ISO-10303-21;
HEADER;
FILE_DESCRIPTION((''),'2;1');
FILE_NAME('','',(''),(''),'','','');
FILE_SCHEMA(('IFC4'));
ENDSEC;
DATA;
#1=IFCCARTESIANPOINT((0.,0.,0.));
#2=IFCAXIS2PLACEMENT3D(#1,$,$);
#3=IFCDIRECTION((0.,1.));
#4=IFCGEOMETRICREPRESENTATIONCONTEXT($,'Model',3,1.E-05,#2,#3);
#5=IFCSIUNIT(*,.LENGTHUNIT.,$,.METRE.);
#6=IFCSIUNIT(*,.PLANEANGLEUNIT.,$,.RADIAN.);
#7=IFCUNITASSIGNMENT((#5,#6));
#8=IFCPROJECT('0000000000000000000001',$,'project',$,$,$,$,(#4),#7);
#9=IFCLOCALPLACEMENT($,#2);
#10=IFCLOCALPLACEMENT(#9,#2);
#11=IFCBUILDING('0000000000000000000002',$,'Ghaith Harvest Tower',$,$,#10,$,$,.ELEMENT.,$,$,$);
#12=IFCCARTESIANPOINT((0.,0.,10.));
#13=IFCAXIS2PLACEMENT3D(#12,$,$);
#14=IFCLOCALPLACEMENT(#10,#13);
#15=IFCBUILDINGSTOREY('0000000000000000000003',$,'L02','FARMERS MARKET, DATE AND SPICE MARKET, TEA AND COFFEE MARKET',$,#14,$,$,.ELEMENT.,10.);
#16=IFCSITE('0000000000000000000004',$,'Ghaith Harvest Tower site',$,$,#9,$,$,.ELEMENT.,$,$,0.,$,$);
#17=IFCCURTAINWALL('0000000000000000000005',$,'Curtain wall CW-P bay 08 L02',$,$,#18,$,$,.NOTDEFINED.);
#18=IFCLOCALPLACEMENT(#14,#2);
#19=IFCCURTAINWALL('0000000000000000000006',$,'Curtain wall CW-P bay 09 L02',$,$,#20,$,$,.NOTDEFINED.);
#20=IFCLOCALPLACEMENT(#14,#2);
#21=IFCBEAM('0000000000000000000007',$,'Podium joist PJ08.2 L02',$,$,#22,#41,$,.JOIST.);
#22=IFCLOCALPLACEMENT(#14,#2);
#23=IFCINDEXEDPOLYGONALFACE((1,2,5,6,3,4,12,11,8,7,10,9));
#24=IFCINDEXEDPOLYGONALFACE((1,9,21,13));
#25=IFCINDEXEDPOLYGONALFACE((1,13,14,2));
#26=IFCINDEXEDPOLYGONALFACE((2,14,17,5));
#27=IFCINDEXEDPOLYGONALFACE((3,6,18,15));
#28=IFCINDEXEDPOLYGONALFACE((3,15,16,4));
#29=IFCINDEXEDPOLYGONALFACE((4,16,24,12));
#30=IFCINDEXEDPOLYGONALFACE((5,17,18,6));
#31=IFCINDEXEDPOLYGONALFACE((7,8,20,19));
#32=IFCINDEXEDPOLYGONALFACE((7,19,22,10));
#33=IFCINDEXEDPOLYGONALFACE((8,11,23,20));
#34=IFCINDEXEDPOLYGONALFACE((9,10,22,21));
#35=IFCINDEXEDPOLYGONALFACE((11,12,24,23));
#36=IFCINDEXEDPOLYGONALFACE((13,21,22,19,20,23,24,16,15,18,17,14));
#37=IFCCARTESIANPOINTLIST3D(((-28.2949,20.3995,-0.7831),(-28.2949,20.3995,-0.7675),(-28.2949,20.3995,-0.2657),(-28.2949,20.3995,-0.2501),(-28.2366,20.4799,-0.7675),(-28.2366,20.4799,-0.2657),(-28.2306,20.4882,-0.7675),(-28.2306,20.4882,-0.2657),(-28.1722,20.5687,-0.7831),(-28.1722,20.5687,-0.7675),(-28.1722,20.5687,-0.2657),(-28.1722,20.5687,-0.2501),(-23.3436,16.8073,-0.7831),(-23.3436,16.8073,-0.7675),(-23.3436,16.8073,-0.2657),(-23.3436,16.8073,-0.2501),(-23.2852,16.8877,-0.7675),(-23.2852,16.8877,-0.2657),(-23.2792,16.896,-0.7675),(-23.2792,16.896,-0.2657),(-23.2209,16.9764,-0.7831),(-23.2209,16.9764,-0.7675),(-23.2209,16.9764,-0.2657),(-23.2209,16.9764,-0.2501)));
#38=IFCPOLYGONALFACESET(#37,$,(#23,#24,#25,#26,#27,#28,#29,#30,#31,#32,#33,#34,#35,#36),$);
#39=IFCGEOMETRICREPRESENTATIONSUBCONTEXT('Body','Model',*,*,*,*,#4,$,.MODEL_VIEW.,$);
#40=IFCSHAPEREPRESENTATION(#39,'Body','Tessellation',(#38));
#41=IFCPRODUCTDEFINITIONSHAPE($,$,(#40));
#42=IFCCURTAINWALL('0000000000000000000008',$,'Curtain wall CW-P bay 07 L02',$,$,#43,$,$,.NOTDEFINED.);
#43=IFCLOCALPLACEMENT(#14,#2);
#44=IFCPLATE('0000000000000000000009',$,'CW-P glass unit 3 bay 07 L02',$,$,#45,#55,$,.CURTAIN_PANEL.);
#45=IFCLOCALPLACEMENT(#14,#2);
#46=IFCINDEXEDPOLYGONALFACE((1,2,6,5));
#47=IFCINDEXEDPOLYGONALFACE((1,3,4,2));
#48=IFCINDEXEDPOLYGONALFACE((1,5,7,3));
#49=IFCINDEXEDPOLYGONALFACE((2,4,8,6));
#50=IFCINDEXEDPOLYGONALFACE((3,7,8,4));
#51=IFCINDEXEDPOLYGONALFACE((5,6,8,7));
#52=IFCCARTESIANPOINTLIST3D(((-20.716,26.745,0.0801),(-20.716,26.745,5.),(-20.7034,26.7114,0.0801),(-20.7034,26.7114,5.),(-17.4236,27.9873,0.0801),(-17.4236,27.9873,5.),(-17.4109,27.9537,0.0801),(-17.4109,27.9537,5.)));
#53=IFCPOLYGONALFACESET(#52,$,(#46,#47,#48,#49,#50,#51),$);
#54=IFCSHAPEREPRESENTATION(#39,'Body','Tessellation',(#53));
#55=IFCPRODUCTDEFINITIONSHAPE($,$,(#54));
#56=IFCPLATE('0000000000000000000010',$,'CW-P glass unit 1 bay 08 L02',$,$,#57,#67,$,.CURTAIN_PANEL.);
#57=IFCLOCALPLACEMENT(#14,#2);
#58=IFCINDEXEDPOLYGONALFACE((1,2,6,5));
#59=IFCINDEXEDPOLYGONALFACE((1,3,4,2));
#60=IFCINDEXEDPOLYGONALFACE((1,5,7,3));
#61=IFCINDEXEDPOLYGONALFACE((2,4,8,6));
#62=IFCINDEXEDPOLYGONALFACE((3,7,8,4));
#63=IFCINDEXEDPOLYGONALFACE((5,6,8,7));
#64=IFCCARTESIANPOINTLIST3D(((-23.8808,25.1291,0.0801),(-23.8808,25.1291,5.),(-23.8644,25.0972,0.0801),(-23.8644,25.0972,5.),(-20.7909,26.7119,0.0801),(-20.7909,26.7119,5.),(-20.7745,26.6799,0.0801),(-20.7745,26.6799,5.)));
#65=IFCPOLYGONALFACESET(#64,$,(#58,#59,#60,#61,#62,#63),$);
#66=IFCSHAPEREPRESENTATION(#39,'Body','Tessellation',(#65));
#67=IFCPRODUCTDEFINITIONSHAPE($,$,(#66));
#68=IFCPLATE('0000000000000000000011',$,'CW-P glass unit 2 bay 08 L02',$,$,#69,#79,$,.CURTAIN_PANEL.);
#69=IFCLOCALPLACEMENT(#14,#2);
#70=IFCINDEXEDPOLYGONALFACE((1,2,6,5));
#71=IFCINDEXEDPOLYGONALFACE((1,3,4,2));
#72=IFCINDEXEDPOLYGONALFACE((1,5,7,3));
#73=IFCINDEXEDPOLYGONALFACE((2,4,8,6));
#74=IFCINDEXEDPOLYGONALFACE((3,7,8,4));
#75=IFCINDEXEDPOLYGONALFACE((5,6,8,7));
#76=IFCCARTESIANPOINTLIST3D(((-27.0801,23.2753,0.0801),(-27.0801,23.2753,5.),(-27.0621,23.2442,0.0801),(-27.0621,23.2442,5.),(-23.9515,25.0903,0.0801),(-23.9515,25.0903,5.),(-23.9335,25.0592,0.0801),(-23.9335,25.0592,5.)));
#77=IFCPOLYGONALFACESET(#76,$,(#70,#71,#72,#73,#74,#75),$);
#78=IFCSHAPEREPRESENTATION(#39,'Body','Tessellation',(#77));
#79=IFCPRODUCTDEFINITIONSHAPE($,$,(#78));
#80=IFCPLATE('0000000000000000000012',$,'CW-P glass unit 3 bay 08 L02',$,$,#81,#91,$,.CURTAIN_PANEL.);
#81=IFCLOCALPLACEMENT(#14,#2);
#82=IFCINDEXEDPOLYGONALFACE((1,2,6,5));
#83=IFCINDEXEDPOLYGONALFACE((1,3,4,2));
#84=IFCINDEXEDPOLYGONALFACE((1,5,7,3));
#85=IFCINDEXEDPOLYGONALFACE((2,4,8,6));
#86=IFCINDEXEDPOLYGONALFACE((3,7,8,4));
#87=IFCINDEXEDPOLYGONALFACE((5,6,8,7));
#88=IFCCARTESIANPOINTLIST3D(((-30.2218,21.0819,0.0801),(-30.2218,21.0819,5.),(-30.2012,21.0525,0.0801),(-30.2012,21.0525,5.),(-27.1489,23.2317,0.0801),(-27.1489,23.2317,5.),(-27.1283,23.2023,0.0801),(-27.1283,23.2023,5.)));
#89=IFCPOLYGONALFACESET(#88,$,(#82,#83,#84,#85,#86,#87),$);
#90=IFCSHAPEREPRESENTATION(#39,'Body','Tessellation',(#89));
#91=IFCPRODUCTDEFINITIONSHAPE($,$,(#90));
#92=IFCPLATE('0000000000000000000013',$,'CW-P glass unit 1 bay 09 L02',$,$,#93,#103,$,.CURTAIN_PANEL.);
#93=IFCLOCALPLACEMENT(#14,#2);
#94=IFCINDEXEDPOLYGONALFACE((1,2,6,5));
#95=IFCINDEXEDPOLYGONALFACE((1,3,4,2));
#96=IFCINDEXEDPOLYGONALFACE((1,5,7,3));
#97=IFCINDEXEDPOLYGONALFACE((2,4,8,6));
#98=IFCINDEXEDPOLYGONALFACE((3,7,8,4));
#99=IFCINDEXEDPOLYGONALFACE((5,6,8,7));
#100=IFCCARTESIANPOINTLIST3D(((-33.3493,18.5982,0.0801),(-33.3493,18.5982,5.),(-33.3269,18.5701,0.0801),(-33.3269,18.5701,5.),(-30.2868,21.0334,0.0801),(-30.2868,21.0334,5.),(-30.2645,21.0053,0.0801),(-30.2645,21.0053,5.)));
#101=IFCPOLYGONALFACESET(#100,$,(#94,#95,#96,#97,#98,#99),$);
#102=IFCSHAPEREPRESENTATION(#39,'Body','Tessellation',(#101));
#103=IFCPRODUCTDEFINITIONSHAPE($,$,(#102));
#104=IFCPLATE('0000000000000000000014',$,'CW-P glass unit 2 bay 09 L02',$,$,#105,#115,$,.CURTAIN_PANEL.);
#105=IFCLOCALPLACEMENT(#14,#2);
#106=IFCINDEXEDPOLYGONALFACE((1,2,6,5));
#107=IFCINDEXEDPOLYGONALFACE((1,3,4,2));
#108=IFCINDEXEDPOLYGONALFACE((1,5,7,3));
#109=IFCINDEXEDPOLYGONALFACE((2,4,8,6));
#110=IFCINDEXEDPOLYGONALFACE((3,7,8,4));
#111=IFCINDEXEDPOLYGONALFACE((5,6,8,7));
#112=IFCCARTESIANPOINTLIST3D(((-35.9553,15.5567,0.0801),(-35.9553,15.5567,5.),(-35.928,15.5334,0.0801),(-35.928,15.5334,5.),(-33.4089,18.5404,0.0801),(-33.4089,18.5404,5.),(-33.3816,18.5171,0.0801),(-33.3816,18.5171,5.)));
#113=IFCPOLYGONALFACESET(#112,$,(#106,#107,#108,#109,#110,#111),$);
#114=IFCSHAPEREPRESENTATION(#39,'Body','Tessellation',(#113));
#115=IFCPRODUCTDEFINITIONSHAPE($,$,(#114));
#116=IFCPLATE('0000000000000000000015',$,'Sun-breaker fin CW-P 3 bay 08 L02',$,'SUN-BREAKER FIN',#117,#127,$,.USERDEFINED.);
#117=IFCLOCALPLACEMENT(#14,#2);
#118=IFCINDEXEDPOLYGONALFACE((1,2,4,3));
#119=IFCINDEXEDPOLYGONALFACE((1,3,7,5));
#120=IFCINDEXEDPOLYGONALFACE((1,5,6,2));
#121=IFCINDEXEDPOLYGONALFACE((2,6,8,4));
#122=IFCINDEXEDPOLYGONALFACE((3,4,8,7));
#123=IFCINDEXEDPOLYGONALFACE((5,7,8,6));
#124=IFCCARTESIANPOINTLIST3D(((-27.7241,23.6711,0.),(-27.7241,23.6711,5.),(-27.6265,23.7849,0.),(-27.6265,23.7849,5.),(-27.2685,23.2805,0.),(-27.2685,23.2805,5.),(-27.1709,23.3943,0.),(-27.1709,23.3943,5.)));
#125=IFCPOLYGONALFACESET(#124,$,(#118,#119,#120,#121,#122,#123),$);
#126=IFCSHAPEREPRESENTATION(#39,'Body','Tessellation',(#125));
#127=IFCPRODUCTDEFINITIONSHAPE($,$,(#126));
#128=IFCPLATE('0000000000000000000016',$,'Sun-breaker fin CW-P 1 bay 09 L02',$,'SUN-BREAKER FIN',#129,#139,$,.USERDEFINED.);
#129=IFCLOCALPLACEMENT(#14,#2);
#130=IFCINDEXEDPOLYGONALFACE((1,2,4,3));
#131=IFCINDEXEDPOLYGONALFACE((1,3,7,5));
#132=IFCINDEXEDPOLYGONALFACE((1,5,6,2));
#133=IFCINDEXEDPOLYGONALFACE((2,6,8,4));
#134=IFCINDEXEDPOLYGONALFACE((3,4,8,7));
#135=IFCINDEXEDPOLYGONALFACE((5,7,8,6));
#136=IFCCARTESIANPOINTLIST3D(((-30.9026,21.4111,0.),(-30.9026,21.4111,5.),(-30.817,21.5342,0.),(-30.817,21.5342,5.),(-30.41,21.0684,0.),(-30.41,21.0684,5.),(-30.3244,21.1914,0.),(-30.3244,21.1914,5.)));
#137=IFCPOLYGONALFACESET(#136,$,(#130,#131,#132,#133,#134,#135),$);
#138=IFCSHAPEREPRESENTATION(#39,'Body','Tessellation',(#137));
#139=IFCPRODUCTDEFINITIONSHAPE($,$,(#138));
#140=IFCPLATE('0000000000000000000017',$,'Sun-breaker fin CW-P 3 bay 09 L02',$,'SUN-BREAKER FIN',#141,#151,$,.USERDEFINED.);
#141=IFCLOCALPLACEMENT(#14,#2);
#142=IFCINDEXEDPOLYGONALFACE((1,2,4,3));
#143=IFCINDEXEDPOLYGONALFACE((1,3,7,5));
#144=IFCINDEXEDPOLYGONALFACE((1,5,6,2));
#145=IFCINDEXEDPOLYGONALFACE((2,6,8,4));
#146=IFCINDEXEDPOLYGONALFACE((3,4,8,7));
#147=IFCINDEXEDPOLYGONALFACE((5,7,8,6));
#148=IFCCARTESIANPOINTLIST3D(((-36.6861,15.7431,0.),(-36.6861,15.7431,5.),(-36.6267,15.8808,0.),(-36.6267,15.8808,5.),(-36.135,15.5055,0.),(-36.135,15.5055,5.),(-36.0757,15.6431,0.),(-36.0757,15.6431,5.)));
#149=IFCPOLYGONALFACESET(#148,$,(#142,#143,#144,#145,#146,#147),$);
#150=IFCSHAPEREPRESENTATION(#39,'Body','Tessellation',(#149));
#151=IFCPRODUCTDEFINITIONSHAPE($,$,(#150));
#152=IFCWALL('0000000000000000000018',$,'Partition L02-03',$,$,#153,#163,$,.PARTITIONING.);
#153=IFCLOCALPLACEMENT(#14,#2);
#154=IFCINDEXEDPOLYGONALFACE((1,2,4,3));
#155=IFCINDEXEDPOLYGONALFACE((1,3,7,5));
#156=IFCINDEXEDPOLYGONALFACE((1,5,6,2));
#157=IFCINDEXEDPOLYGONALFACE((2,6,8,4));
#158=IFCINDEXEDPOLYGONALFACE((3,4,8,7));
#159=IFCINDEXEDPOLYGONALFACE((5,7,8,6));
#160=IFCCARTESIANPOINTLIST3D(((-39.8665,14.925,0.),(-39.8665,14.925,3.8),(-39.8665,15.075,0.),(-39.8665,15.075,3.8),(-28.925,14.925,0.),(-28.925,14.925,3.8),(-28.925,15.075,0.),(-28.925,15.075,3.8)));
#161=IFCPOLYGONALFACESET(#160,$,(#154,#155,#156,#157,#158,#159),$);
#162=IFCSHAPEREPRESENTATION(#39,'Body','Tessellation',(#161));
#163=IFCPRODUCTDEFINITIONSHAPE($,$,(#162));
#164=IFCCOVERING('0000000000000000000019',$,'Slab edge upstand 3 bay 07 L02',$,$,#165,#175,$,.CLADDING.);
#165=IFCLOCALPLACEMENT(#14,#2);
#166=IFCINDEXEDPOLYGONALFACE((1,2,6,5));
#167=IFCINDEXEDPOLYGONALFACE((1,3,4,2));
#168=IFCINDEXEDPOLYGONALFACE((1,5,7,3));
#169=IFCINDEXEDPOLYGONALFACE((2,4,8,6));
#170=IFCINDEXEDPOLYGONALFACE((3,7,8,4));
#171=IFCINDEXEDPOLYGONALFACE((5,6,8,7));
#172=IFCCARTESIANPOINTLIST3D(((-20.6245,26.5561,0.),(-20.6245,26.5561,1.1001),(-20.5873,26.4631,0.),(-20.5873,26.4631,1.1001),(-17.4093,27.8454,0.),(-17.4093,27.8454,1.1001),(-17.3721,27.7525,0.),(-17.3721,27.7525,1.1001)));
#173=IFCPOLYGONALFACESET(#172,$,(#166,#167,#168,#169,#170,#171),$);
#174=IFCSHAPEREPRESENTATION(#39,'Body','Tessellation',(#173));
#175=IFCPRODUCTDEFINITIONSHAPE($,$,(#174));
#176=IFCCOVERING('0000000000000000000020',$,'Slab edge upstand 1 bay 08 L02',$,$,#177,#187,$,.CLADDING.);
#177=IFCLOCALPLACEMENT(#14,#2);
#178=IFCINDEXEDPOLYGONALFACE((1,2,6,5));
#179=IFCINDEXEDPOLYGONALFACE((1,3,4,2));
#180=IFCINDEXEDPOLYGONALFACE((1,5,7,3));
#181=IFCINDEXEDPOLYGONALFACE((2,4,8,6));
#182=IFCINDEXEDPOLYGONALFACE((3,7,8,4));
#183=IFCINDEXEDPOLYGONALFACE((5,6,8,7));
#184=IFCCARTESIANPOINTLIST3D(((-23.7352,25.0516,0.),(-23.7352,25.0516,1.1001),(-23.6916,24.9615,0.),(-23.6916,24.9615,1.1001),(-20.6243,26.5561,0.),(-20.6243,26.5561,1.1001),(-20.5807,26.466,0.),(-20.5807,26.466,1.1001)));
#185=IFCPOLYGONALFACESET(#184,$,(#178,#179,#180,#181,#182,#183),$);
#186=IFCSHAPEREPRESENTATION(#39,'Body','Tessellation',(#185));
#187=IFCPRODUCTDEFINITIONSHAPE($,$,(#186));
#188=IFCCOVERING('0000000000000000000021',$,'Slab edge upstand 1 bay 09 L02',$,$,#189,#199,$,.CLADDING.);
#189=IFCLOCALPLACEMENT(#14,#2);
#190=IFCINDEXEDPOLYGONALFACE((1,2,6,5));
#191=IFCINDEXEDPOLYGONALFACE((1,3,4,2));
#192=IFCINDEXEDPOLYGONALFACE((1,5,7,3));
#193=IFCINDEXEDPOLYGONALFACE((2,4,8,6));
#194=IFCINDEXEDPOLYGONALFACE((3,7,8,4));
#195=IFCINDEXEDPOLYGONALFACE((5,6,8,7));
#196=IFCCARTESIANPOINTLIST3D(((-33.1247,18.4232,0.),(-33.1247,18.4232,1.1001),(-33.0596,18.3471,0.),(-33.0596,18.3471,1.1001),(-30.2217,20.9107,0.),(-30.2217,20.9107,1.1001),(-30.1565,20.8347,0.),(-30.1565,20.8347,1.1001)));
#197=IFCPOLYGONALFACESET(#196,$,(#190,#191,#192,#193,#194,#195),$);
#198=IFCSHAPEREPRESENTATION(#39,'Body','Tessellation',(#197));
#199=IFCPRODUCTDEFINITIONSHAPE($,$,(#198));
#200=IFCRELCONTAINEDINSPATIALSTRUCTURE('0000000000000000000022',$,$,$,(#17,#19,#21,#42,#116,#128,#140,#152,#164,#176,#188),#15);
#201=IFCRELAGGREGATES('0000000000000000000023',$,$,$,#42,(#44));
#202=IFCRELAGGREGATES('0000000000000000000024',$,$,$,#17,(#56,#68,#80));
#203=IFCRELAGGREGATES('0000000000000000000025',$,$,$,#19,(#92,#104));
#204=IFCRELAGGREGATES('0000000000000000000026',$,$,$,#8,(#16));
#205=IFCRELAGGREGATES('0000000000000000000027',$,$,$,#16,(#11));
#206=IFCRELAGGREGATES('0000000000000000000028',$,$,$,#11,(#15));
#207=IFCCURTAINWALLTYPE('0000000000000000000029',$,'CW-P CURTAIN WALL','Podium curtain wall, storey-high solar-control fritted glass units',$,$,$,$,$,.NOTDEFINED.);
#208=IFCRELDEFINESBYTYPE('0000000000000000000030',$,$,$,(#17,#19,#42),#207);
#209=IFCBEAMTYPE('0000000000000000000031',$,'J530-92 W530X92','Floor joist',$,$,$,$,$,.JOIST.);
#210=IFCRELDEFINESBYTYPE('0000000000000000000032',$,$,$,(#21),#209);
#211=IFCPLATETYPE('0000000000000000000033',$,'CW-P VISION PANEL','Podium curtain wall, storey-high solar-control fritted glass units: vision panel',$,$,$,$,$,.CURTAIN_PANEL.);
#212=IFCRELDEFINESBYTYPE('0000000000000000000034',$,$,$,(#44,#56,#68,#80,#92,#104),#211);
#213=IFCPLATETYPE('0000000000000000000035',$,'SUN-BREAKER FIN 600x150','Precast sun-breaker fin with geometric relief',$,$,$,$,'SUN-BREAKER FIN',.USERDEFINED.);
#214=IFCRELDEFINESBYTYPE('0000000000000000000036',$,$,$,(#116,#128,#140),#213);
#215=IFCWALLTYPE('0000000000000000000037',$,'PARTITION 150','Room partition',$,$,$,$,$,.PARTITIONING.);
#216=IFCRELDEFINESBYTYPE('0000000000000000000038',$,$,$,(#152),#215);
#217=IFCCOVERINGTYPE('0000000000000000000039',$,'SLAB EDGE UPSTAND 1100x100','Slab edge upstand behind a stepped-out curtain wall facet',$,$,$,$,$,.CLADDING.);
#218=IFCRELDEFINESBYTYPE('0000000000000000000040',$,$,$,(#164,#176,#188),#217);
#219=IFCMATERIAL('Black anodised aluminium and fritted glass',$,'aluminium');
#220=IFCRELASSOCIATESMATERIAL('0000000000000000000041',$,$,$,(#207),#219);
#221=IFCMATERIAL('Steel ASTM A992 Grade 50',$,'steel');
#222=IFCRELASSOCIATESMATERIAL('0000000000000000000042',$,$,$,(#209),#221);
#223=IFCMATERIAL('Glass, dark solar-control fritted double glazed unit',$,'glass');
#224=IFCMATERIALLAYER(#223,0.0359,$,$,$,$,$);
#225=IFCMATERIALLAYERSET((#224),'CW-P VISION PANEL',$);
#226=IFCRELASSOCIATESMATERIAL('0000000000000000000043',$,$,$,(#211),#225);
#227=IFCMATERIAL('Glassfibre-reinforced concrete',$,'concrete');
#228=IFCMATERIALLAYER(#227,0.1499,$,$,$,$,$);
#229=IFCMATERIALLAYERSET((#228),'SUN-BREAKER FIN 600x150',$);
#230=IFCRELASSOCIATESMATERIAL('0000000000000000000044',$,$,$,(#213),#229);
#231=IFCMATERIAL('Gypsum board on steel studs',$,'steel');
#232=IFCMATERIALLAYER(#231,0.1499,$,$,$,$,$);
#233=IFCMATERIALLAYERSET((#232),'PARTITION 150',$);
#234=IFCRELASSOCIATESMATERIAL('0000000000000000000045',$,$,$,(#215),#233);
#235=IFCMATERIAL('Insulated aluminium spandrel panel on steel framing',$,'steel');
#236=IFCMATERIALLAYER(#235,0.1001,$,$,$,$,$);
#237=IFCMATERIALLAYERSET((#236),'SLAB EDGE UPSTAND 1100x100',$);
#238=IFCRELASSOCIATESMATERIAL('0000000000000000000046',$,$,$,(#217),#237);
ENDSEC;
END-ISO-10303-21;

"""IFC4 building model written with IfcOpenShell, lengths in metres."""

from ifc_helpers import new_model, si_unit, direction, frame, frame_2d, origin, origin_2d, place, context, subcontext, project, spatial, rectangle, i_section, extrude, material, layer, layer_set, material_profile, profile_set, type_object, element, aggregate, save


model = new_model("IFC4")

# Units and contexts
model_context = context("Model", 3, precision=1e-05, world=origin(), true_north=direction((0.0, 1.0)))
body_context = subcontext(model_context, "Body", "Model", "MODEL_VIEW")
ifc_project = project(units=[si_unit("LENGTHUNIT", "METRE"), si_unit("PLANEANGLEUNIT", "RADIAN")], contexts=[model_context])

# Site, building, storey
site_placement = place(None, origin())
site = spatial("IfcSite", under=ifc_project, at=site_placement, Name="Ghaith Harvest Tower site", CompositionType="ELEMENT", RefElevation=0.0)
building_placement = place(site_placement, origin())
building = spatial("IfcBuilding", under=site, at=building_placement, Name="Ghaith Harvest Tower", CompositionType="ELEMENT")
storey_placement = place(building_placement, frame((0.0, 0.0, 10.0)))
storey = spatial("IfcBuildingStorey", under=building, at=storey_placement, Name="L02", Description="FARMERS MARKET, DATE AND SPICE MARKET, TEA AND COFFEE MARKET", CompositionType="ELEMENT", Elevation=10.0)

# Curtain walls
ifc_material_1 = material(Name="Black anodised aluminium and fritted glass", Category="aluminium")
curtain_wall_type = type_object("IfcCurtainWallType", Name="CW-P CURTAIN WALL", Description="Podium curtain wall, storey-high solar-control fritted glass units", PredefinedType="NOTDEFINED", material=ifc_material_1)
curtain_wall_1_placement = place(storey_placement, origin())
curtain_wall_1 = element("IfcCurtainWall", 1, at=curtain_wall_1_placement, inside=storey, type_object=curtain_wall_type, Name="Curtain wall CW-P bay 08 L02", PredefinedType="NOTDEFINED")
curtain_wall_2_placement = place(storey_placement, origin())
curtain_wall_2 = element("IfcCurtainWall", 2, at=curtain_wall_2_placement, inside=storey, type_object=curtain_wall_type, Name="Curtain wall CW-P bay 09 L02", PredefinedType="NOTDEFINED")

# Beam
ifc_material_2 = material(Name="Steel ASTM A992 Grade 50", Category="steel")
ifc_material_profile_1 = material_profile(ifc_material_2, i_section(OverallWidth=0.209, OverallDepth=0.533, WebThickness=0.0103, FlangeThickness=0.0156, at=origin_2d()), Name="W530X92")
ifc_profile_set_1 = profile_set([ifc_material_profile_1], Name="Steel ASTM A992 Grade 50")
beam_type_1 = type_object("IfcBeamType", Name="J530-92 W530X92", Description="Floor joist", PredefinedType="JOIST", material=ifc_profile_set_1)
beam_1_placement = place(storey_placement, frame((-23.2822, 16.8918, -0.5166), z_axis=(-0.809416, 0.587236, 0.0), x_axis=(-0.587236, -0.809416, 0.0)))
element("IfcBeam", 3, at=beam_1_placement, inside=storey, type_object=beam_type_1, Name="Podium joist PJ08.2 L02", PredefinedType="JOIST", context=body_context, shape_type="SweptSolid", body=[
    extrude(i_section(OverallWidth=0.209, OverallDepth=0.533, WebThickness=0.0103, FlangeThickness=0.0156, at=origin_2d()), origin(), (0.0, 0.0, 1.0), 6.1172),
])

# Curtain wall, plate
curtain_wall_3_placement = place(storey_placement, origin())
curtain_wall_3 = element("IfcCurtainWall", 4, at=curtain_wall_3_placement, inside=storey, type_object=curtain_wall_type, Name="Curtain wall CW-P bay 07 L02", PredefinedType="NOTDEFINED")
ifc_material_3 = material(Name="Glass, dark solar-control fritted double glazed unit", Category="glass")
ifc_layer_1 = layer(ifc_material_3, 0.0359)
ifc_layer_set_1 = layer_set([ifc_layer_1], Name="CW-P VISION PANEL")
plate_type_1 = type_object("IfcPlateType", Name="CW-P VISION PANEL", Description="Podium curtain wall, storey-high solar-control fritted glass units: vision panel", PredefinedType="CURTAIN_PANEL", material=ifc_layer_set_1)
plate_1_placement = place(storey_placement, frame((-19.0635, 27.3494, 0.0801), z_axis=(0.0, 0.0, 1.0), x_axis=(-0.935612, -0.353029, 0.0)))
plate_1 = element("IfcPlate", 5, at=plate_1_placement, type_object=plate_type_1, Name="CW-P glass unit 3 bay 07 L02", PredefinedType="CURTAIN_PANEL", context=body_context, shape_type="SweptSolid", body=[
    extrude(rectangle(XDim=3.519, YDim=0.0359, at=origin_2d()), origin(), (0.0, 0.0, 1.0), 4.9199),
])
aggregate(curtain_wall_3, [plate_1])

# Plates
plate_2_placement = place(storey_placement, frame((-22.3276, 25.9045, 0.0801), z_axis=(0.0, 0.0, 1.0), x_axis=(-0.890033, -0.455896, 0.0)))
plate_2 = element("IfcPlate", 6, at=plate_2_placement, type_object=plate_type_1, Name="CW-P glass unit 1 bay 08 L02", PredefinedType="CURTAIN_PANEL", context=body_context, shape_type="SweptSolid", body=[
    extrude(rectangle(XDim=3.4717, YDim=0.0359, at=origin_2d()), origin(), (0.0, 0.0, 1.0), 4.9199),
])
plate_3_placement = place(storey_placement, frame((-25.5068, 24.1672, 0.0801), z_axis=(0.0, 0.0, 1.0), x_axis=(-0.864982, -0.501803, 0.0)))
plate_3 = element("IfcPlate", 7, at=plate_3_placement, type_object=plate_type_1, Name="CW-P glass unit 2 bay 08 L02", PredefinedType="CURTAIN_PANEL", context=body_context, shape_type="SweptSolid", body=[
    extrude(rectangle(XDim=3.6169, YDim=0.0359, at=origin_2d()), origin(), (0.0, 0.0, 1.0), 4.9199),
])
plate_4_placement = place(storey_placement, frame((-28.675, 22.1421, 0.0801), z_axis=(0.0, 0.0, 1.0), x_axis=(-0.819392, -0.573234, 0.0)))
plate_4 = element("IfcPlate", 8, at=plate_4_placement, type_object=plate_type_1, Name="CW-P glass unit 3 bay 08 L02", PredefinedType="CURTAIN_PANEL", context=body_context, shape_type="SweptSolid", body=[
    extrude(rectangle(XDim=3.7502, YDim=0.0359, at=origin_2d()), origin(), (0.0, 0.0, 1.0), 4.9199),
])
aggregate(curtain_wall_1, [plate_2, plate_3, plate_4])
plate_5_placement = place(storey_placement, frame((-31.8069, 19.8018, 0.0801), z_axis=(0.0, 0.0, 1.0), x_axis=(-0.782713, -0.622383, 0.0)))
plate_5 = element("IfcPlate", 9, at=plate_5_placement, type_object=plate_type_1, Name="CW-P glass unit 1 bay 09 L02", PredefinedType="CURTAIN_PANEL", context=body_context, shape_type="SweptSolid", body=[
    extrude(rectangle(XDim=3.9126, YDim=0.0359, at=origin_2d()), origin(), (0.0, 0.0, 1.0), 4.9199),
])
plate_6_placement = place(storey_placement, frame((-34.6685, 17.0369, 0.0801), z_axis=(0.0, 0.0, 1.0), x_axis=(-0.649172, -0.760642, 0.0)))
plate_6 = element("IfcPlate", 10, at=plate_6_placement, type_object=plate_type_1, Name="CW-P glass unit 2 bay 09 L02", PredefinedType="CURTAIN_PANEL", context=body_context, shape_type="SweptSolid", body=[
    extrude(rectangle(XDim=3.9226, YDim=0.0359, at=origin_2d()), origin(), (0.0, 0.0, 1.0), 4.9199),
])
aggregate(curtain_wall_2, [plate_5, plate_6])

# Plates
ifc_material_4 = material(Name="Glassfibre-reinforced concrete", Category="concrete")
ifc_layer_2 = layer(ifc_material_4, 0.1499)
ifc_layer_set_2 = layer_set([ifc_layer_2], Name="SUN-BREAKER FIN 600x150")
plate_type_2 = type_object("IfcPlateType", Name="SUN-BREAKER FIN 600x150", Description="Precast sun-breaker fin with geometric relief", ElementType="SUN-BREAKER FIN", PredefinedType="USERDEFINED", material=ifc_layer_set_2)
for number, where, z_axis, x_axis, name in (
    (11, (-27.4475, 23.5327, 0.0), (0.0, 0.0, 1.0), (-0.75917, 0.650893, 0.0), "Sun-breaker fin CW-P 3 bay 08 L02"),
    (12, (-30.6135, 21.3013, 0.0), (0.0, 0.0, 1.0), (-0.820845, 0.57115, 0.0), "Sun-breaker fin CW-P 1 bay 09 L02"),
    (13, (-36.3809, 15.6931, 0.0), (0.0, 0.0, 1.0), (-0.918218, 0.396075, 0.0), "Sun-breaker fin CW-P 3 bay 09 L02"),
):
    element("IfcPlate", number, at=place(storey_placement, frame(where, z_axis=z_axis, x_axis=x_axis)), inside=storey, type_object=plate_type_2, Name=name, ObjectType="SUN-BREAKER FIN", PredefinedType="USERDEFINED", context=body_context, shape_type="SweptSolid", body=[
        extrude(rectangle(XDim=0.6001, YDim=0.1499, at=origin_2d()), origin(), (0.0, 0.0, 1.0), 5.0),
    ])

# Wall
ifc_material_5 = material(Name="Gypsum board on steel studs", Category="steel")
ifc_layer_3 = layer(ifc_material_5, 0.1499)
ifc_layer_set_3 = layer_set([ifc_layer_3], Name="PARTITION 150")
wall_type = type_object("IfcWallType", Name="PARTITION 150", Description="Room partition", PredefinedType="PARTITIONING", material=ifc_layer_set_3)
wall_placement = place(storey_placement, frame((-39.8665, 15.0, 0.0), z_axis=(0.0, 0.0, 1.0), x_axis=(1.0, 0.0, 0.0)))
element("IfcWall", 14, at=wall_placement, inside=storey, type_object=wall_type, Name="Partition L02-03", PredefinedType="PARTITIONING", context=body_context, shape_type="SweptSolid", body=[
    extrude(rectangle(XDim=10.9414, YDim=0.1499, at=frame_2d((5.4707, 0.0))), origin(), (0.0, 0.0, 1.0), 3.8),
])

# Coverings
ifc_material_6 = material(Name="Insulated aluminium spandrel panel on steel framing", Category="steel")
ifc_layer_4 = layer(ifc_material_6, 0.1001)
ifc_layer_set_4 = layer_set([ifc_layer_4], Name="SLAB EDGE UPSTAND 1100x100")
covering_type = type_object("IfcCoveringType", Name="SLAB EDGE UPSTAND 1100x100", Description="Slab edge upstand behind a stepped-out curtain wall facet", PredefinedType="CLADDING", material=ifc_layer_set_4)
covering_1_placement = place(storey_placement, frame((-18.9983, 27.1543, 0.0), z_axis=(0.0, 0.0, 1.0), x_axis=(-0.928147, -0.372215, 0.0)))
element("IfcCovering", 15, at=covering_1_placement, inside=storey, type_object=covering_type, Name="Slab edge upstand 3 bay 07 L02", PredefinedType="CLADDING", context=body_context, shape_type="SweptSolid", body=[
    extrude(rectangle(XDim=3.4641, YDim=0.1001, at=origin_2d()), origin(), (0.0, 0.0, 1.0), 1.1001),
])
covering_2_placement = place(storey_placement, frame((-22.158, 25.7588, 0.0), z_axis=(0.0, 0.0, 1.0), x_axis=(-0.900243, -0.435388, 0.0)))
element("IfcCovering", 16, at=covering_2_placement, inside=storey, type_object=covering_type, Name="Slab edge upstand 1 bay 08 L02", PredefinedType="CLADDING", context=body_context, shape_type="SweptSolid", body=[
    extrude(rectangle(XDim=3.4556, YDim=0.1001, at=origin_2d()), origin(), (0.0, 0.0, 1.0), 1.1001),
])
covering_3_placement = place(storey_placement, frame((-31.6406, 19.6289, 0.0), z_axis=(0.0, 0.0, 1.0), x_axis=(-0.759361, -0.65067, 0.0)))
element("IfcCovering", 17, at=covering_3_placement, inside=storey, type_object=covering_type, Name="Slab edge upstand 1 bay 09 L02", PredefinedType="CLADDING", context=body_context, shape_type="SweptSolid", body=[
    extrude(rectangle(XDim=3.823, YDim=0.1001, at=origin_2d()), origin(), (0.0, 0.0, 1.0), 1.1001),
])

save(model, "model.ifc")
